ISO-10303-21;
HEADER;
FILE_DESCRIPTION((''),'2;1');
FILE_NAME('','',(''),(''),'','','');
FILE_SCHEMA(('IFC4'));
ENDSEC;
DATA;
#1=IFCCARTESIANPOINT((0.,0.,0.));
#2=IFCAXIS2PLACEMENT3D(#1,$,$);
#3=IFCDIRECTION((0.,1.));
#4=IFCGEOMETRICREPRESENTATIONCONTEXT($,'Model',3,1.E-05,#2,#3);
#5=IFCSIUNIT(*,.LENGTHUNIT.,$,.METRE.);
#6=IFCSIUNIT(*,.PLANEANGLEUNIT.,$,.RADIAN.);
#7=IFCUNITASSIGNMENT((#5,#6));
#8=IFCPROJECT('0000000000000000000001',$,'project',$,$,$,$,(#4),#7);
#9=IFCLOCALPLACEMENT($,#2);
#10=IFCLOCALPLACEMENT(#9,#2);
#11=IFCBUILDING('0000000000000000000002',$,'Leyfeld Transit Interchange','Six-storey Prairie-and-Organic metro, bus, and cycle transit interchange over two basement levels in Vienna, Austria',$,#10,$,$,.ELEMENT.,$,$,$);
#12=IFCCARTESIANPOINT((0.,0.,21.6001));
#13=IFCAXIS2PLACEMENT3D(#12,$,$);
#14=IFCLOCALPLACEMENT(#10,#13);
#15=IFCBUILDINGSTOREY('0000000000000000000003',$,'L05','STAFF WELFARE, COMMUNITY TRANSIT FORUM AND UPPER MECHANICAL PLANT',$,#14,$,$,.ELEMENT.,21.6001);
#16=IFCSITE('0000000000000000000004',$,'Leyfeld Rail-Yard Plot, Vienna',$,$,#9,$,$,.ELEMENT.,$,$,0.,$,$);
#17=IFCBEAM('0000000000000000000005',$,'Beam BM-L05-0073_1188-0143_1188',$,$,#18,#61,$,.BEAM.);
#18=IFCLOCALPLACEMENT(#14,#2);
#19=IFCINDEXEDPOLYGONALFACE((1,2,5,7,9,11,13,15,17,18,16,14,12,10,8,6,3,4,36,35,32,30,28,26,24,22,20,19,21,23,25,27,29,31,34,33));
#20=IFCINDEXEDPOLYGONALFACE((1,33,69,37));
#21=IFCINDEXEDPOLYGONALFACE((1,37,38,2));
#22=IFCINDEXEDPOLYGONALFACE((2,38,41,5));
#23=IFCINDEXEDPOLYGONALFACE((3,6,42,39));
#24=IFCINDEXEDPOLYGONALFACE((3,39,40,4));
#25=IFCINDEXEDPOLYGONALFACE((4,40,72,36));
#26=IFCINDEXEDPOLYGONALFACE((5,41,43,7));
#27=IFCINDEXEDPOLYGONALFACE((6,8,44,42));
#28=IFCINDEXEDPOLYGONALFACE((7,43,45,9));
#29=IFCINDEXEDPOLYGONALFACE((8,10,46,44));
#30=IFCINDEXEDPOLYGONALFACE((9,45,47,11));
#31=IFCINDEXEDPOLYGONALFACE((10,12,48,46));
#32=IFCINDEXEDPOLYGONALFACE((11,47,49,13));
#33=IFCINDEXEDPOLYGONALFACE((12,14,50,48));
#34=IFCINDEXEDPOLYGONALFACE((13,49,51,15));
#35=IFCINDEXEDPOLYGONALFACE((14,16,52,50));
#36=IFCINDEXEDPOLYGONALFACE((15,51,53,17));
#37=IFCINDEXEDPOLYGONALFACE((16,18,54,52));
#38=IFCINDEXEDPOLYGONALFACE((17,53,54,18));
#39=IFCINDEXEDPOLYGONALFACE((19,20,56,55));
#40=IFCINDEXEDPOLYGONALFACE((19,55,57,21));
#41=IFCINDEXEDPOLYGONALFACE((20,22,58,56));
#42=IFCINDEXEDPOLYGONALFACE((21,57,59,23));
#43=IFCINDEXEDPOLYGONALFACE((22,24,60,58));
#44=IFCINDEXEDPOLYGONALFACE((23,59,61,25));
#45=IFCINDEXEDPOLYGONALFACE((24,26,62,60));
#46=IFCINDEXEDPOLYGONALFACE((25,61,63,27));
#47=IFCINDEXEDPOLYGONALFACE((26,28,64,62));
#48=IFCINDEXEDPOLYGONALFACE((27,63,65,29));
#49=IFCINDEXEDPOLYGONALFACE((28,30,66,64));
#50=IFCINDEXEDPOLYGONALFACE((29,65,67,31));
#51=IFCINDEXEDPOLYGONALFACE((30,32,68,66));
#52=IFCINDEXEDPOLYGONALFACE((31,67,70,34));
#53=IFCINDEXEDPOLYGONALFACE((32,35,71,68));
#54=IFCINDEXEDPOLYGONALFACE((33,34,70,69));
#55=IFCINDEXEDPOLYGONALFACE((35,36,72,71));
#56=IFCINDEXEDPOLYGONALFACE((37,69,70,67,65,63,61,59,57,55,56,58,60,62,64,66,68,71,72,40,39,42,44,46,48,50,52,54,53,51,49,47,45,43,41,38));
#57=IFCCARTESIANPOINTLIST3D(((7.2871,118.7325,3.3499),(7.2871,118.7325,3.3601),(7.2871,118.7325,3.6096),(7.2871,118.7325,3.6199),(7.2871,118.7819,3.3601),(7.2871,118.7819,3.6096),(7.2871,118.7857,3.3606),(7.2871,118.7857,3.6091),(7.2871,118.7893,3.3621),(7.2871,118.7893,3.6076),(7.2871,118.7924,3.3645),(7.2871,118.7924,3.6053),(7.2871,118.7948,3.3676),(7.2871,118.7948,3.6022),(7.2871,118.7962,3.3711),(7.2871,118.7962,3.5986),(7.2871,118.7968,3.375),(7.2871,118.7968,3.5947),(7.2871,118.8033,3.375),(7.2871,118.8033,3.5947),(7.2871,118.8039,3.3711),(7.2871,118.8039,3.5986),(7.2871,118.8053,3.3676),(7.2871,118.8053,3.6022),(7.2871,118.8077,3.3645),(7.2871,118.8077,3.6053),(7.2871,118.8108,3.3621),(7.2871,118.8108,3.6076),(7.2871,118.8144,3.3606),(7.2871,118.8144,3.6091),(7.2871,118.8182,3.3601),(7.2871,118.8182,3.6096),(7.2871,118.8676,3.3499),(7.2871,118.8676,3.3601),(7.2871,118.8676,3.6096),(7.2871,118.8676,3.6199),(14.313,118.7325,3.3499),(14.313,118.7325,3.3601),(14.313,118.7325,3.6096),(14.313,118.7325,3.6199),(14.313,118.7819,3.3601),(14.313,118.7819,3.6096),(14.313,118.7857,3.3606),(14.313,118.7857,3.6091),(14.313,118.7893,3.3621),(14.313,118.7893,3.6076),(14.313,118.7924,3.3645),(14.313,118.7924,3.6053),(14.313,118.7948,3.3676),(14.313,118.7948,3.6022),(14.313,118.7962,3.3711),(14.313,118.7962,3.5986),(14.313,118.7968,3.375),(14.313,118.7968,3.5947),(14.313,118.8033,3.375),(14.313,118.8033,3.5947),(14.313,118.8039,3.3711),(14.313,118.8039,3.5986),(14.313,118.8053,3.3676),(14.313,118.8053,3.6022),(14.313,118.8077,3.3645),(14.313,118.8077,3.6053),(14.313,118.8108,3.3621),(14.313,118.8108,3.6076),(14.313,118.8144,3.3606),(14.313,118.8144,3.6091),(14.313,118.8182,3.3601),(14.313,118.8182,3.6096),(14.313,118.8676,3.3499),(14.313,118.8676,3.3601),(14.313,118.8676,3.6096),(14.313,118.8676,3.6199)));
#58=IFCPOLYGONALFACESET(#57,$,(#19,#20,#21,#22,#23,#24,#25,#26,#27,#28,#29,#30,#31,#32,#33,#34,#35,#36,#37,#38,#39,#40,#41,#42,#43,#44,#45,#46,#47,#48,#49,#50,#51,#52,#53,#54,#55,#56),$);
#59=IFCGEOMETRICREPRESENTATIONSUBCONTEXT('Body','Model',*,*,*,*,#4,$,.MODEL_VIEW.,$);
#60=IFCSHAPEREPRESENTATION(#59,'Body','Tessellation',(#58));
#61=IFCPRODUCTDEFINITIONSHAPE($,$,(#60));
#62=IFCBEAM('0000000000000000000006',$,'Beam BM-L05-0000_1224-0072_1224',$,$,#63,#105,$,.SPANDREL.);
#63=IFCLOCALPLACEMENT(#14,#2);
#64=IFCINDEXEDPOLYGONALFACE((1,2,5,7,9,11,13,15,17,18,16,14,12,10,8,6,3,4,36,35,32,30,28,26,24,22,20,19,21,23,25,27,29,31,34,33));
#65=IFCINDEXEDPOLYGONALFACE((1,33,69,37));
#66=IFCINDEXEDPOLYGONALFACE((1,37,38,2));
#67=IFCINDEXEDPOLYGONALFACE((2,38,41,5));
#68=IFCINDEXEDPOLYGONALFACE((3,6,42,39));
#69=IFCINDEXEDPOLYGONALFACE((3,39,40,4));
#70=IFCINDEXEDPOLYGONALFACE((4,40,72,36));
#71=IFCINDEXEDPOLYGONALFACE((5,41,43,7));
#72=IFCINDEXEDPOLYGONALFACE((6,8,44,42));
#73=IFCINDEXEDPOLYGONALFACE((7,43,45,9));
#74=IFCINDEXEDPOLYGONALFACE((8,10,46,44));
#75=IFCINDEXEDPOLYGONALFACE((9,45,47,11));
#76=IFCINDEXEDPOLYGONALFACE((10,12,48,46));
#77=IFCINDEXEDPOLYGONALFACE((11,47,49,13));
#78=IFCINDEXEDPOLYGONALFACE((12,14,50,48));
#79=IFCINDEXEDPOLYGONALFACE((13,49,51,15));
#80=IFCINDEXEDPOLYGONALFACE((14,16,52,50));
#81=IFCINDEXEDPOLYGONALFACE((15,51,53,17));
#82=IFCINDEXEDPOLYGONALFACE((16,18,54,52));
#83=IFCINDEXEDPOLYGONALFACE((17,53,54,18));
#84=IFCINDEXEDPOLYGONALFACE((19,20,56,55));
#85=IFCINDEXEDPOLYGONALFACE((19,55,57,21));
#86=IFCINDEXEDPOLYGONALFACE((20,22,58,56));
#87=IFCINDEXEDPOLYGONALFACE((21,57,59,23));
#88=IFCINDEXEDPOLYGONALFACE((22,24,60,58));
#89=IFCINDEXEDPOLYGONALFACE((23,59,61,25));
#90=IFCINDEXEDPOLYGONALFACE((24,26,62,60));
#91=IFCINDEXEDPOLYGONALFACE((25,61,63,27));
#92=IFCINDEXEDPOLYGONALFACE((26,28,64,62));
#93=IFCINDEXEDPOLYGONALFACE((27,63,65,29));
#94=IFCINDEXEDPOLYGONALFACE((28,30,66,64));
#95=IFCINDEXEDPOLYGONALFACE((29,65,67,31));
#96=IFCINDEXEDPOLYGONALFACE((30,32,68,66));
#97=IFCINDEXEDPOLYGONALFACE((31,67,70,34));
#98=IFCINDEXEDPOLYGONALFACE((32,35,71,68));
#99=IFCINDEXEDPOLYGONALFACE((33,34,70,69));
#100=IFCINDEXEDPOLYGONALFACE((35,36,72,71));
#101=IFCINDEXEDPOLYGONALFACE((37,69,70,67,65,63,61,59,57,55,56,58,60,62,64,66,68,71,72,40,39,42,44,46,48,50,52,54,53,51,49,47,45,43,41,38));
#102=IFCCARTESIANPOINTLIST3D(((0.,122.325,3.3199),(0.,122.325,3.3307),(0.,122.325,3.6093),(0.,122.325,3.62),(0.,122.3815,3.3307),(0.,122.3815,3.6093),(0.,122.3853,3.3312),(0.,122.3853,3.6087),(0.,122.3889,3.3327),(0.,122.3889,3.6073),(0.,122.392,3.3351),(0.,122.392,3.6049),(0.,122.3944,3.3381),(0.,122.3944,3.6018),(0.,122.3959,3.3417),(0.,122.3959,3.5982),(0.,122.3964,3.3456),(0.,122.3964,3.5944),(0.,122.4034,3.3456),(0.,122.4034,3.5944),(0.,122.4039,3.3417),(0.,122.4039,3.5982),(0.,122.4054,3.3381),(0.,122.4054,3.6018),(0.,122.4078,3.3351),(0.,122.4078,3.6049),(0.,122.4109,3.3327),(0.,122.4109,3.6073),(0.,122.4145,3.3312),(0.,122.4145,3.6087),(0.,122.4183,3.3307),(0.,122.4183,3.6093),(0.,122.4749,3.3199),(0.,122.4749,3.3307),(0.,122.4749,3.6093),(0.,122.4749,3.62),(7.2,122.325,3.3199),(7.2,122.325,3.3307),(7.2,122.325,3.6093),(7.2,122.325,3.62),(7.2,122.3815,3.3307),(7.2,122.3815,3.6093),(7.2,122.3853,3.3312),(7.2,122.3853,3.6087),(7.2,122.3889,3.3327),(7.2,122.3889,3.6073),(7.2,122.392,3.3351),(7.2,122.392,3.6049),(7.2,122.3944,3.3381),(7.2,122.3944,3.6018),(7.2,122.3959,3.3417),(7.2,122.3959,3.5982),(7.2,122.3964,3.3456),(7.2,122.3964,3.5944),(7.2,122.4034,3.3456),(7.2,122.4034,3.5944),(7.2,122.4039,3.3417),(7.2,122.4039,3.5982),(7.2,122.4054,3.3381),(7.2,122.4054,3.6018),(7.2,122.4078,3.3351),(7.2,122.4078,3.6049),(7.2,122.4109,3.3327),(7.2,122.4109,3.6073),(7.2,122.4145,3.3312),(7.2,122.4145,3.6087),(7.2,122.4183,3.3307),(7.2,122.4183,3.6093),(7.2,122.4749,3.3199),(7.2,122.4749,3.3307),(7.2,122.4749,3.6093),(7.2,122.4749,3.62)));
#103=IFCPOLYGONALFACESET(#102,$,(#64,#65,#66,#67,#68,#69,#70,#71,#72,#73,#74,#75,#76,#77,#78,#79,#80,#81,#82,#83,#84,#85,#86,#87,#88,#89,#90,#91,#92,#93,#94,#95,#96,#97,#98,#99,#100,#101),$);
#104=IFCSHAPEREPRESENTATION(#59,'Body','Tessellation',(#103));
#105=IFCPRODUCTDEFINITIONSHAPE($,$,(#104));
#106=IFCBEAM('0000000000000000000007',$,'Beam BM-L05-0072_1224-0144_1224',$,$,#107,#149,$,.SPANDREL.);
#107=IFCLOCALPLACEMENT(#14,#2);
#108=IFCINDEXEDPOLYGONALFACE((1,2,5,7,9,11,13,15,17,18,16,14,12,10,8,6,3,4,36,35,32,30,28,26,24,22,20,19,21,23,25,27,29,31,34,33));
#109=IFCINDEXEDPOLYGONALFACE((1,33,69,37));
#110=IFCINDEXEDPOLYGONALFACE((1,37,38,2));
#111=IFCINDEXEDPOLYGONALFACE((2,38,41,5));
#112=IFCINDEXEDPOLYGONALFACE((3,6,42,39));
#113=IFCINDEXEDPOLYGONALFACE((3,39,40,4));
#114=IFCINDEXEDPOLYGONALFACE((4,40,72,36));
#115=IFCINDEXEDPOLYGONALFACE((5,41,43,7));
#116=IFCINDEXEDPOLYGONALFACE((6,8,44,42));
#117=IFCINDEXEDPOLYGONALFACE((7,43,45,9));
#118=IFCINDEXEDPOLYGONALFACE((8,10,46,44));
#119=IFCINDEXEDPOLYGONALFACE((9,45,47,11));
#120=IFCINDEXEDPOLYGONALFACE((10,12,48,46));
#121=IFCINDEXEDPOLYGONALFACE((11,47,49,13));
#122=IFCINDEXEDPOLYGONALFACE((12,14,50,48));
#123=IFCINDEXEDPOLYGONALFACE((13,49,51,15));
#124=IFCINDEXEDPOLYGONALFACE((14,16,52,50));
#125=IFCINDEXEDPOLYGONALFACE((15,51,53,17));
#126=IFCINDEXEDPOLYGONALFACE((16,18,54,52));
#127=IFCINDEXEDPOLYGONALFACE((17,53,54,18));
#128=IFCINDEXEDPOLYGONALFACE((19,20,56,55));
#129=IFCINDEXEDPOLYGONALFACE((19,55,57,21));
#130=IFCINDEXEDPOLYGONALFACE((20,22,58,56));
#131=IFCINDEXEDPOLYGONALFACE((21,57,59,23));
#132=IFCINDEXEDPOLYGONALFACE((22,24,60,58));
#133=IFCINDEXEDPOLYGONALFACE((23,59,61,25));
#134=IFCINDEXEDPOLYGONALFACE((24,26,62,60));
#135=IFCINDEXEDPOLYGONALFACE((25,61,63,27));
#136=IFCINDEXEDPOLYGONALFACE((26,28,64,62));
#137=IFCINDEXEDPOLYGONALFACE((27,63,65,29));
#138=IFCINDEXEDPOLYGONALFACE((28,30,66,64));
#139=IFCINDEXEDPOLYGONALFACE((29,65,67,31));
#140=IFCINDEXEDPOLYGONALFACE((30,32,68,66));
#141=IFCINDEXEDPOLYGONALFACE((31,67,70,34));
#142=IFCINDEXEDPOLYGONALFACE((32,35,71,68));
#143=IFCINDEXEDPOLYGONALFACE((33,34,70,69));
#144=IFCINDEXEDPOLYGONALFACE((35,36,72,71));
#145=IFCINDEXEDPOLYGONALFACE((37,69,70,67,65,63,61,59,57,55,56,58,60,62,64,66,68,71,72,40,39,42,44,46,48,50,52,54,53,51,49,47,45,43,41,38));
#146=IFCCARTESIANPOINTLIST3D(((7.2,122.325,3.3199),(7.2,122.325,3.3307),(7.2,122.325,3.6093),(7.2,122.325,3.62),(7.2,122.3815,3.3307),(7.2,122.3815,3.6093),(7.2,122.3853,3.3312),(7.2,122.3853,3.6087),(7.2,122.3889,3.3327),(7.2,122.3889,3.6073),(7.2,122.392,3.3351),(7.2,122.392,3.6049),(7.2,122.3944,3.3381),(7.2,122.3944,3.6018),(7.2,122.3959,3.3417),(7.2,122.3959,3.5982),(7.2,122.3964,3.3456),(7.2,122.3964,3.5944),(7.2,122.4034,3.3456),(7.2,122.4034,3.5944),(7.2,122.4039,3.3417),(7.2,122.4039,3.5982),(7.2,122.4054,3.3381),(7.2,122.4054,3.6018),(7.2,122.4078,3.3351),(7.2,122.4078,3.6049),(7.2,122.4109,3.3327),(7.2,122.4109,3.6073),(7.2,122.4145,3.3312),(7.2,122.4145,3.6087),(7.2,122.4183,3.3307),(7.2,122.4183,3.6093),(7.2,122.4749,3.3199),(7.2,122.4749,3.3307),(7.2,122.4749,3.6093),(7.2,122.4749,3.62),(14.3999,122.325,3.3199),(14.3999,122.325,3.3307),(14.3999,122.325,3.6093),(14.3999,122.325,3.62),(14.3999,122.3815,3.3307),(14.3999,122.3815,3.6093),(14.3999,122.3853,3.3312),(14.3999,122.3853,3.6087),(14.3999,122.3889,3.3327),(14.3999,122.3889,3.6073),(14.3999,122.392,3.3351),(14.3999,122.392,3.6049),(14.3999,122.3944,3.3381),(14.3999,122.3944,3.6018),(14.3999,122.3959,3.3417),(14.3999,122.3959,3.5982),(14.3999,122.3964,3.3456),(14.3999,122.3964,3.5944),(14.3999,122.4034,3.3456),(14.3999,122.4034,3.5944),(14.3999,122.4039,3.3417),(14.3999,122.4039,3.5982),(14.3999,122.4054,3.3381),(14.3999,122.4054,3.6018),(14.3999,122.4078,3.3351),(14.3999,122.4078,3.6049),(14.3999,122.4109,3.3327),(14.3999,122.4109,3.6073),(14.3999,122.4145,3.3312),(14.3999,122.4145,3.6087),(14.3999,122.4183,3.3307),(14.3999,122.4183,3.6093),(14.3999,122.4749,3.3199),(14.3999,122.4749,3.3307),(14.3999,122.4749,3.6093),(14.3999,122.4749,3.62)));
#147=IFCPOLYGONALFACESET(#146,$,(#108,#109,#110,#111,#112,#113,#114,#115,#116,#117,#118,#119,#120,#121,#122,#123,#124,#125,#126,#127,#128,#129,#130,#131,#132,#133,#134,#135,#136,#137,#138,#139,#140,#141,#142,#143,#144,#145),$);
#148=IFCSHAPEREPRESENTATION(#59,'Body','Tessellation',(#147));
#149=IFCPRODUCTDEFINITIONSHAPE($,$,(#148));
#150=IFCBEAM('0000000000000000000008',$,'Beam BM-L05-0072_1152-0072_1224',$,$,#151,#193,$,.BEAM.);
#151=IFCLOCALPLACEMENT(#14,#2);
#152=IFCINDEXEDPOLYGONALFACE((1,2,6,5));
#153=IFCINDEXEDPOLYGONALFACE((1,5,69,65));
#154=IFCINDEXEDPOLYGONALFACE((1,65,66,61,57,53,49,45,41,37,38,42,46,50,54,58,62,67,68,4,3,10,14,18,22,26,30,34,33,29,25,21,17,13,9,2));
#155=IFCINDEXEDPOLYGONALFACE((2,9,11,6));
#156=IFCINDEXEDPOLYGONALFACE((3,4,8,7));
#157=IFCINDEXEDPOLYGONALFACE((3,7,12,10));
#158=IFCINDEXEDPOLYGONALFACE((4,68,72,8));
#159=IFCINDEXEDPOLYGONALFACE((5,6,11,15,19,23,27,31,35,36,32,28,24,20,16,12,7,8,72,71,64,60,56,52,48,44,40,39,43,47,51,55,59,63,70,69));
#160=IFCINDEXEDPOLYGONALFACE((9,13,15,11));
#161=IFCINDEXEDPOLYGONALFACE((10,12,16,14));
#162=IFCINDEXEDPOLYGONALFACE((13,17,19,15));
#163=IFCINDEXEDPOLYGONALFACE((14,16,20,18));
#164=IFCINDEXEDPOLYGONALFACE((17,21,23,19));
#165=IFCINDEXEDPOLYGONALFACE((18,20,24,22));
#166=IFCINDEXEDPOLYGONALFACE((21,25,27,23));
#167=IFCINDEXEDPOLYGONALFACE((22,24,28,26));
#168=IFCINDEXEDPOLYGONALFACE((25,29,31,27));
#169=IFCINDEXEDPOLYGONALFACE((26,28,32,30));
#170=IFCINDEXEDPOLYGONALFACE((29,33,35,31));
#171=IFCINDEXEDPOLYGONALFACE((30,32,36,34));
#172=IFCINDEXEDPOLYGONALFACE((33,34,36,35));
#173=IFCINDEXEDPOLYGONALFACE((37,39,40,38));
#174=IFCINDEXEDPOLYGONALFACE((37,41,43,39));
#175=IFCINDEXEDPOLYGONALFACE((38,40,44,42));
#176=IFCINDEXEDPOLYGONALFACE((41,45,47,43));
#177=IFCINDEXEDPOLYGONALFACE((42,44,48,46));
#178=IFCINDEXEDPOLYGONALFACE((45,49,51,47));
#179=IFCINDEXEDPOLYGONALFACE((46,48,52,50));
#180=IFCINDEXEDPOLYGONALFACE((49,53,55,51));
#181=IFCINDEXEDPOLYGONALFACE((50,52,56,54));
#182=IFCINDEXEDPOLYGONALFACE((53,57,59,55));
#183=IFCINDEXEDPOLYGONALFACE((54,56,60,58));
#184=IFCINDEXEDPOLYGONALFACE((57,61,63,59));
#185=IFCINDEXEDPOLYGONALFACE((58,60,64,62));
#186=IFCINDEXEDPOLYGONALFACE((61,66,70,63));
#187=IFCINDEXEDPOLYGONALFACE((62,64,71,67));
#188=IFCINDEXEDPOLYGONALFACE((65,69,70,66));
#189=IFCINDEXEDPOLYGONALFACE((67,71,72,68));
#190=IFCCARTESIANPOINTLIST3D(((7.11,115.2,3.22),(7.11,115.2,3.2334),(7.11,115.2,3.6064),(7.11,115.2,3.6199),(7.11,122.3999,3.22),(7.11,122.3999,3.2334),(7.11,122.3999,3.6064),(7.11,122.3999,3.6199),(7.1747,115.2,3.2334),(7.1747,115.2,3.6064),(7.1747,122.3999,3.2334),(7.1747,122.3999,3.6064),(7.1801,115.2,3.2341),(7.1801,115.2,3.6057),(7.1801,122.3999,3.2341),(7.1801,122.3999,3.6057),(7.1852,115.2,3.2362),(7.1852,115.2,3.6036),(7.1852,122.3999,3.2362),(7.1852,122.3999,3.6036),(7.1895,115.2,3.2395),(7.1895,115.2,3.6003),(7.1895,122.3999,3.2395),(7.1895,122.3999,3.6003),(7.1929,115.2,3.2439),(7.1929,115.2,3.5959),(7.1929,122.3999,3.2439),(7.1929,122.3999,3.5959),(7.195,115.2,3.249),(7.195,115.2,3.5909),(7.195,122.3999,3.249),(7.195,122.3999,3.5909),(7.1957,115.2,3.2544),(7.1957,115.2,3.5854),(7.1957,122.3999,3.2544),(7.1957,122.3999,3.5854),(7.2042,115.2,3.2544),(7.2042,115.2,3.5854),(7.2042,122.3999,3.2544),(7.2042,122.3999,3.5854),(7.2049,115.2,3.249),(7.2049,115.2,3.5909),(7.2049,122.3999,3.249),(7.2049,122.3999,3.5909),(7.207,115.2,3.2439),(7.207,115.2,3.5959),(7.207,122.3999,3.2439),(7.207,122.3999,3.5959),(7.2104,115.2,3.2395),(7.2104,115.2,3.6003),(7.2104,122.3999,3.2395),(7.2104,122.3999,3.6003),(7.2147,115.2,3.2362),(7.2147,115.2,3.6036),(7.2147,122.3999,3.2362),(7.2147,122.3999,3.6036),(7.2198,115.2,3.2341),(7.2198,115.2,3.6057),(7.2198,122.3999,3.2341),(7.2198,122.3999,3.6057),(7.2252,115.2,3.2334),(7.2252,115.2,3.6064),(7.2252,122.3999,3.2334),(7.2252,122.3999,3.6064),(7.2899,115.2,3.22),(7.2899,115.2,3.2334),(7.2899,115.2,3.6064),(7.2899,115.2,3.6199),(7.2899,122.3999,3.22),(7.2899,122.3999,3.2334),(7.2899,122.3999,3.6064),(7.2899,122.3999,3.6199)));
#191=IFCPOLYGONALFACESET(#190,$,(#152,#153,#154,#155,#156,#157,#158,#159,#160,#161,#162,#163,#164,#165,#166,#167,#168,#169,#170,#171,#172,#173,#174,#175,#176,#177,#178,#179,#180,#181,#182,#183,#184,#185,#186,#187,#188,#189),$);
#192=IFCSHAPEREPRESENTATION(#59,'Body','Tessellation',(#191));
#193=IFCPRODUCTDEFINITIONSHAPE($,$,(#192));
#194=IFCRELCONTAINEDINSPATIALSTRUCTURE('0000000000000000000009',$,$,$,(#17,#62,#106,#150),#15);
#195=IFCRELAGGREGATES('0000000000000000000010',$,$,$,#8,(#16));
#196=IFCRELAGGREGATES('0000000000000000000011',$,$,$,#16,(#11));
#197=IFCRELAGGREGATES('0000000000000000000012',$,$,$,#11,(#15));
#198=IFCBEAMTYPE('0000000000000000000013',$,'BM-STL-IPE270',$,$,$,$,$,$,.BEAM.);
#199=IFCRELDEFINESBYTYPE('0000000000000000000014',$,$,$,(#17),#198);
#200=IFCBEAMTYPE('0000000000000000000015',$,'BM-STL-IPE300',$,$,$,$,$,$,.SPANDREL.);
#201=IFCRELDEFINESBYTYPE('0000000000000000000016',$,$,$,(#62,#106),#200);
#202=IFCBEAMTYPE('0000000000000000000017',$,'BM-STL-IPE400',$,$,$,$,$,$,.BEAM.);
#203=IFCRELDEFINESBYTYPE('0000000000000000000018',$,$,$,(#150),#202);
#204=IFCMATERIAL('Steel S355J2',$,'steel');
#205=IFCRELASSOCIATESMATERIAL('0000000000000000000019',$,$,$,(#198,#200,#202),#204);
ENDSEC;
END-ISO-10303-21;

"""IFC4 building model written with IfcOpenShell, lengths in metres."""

from ifc_helpers import new_model, si_unit, direction, frame, origin, origin_2d, place, context, subcontext, project, spatial, i_section, extrude, material, material_profile, profile_set, type_object, element, save


model = new_model("IFC4")

# Units and contexts
model_context = context("Model", 3, precision=1e-05, world=origin(), true_north=direction((0.0, 1.0)))
body_context = subcontext(model_context, "Body", "Model", "MODEL_VIEW")
ifc_project = project(units=[si_unit("LENGTHUNIT", "METRE"), si_unit("PLANEANGLEUNIT", "RADIAN")], contexts=[model_context])

# Site, building, storey
site_placement = place(None, origin())
site = spatial("IfcSite", under=ifc_project, at=site_placement, Name="Leyfeld Rail-Yard Plot, Vienna", CompositionType="ELEMENT", RefElevation=0.0)
building_placement = place(site_placement, origin())
building = spatial("IfcBuilding", under=site, at=building_placement, Name="Leyfeld Transit Interchange", Description="Six-storey Prairie-and-Organic metro, bus, and cycle transit interchange over two basement levels in Vienna, Austria", CompositionType="ELEMENT")
storey_placement = place(building_placement, frame((0.0, 0.0, 21.6001)))
storey = spatial("IfcBuildingStorey", under=building, at=storey_placement, Name="L05", Description="STAFF WELFARE, COMMUNITY TRANSIT FORUM AND UPPER MECHANICAL PLANT", CompositionType="ELEMENT", Elevation=21.6001)

# Shared definitions
ifc_material_1 = material(Name="Steel S355J2", Category="steel")

# Beams
ifc_material_profile_1 = material_profile(ifc_material_1, i_section(OverallWidth=0.135, OverallDepth=0.27, WebThickness=0.0066, FlangeThickness=0.0103, FilletRadius=0.0149, at=origin_2d()), Name="IPE 270")
ifc_profile_set_1 = profile_set([ifc_material_profile_1], Name="Steel S355J2")
beam_type_1 = type_object("IfcBeamType", Name="BM-STL-IPE270", PredefinedType="BEAM", material=ifc_profile_set_1)
beam_1_placement = place(storey_placement, frame((7.2871, 118.8, 3.4849), z_axis=(1.0, 0.0, 0.0), x_axis=(0.0, 1.0, 0.0)))
element("IfcBeam", 1, at=beam_1_placement, inside=storey, type_object=beam_type_1, Name="Beam BM-L05-0073_1188-0143_1188", PredefinedType="BEAM", context=body_context, shape_type="SweptSolid", body=[
    extrude(i_section(OverallWidth=0.135, OverallDepth=0.27, WebThickness=0.0066, FlangeThickness=0.0103, FilletRadius=0.0149, at=origin_2d()), origin(), (0.0, 0.0, 1.0), 7.0259),
])
ifc_material_profile_2 = material_profile(ifc_material_1, i_section(OverallWidth=0.1499, OverallDepth=0.3, WebThickness=0.0071, FlangeThickness=0.0107, FilletRadius=0.0149, at=origin_2d()), Name="IPE 300")
ifc_profile_set_2 = profile_set([ifc_material_profile_2], Name="Steel S355J2")
beam_type_2 = type_object("IfcBeamType", Name="BM-STL-IPE300", PredefinedType="SPANDREL", material=ifc_profile_set_2)
for number, where, z_axis, x_axis, name in (
    (2, (0.0, 122.3999, 3.47), (1.0, 0.0, 0.0), (0.0, 1.0, 0.0), "Beam BM-L05-0000_1224-0072_1224"),
    (3, (7.2, 122.3999, 3.47), (1.0, 0.0, 0.0), (0.0, 1.0, 0.0), "Beam BM-L05-0072_1224-0144_1224"),
):
    element("IfcBeam", number, at=place(storey_placement, frame(where, z_axis=z_axis, x_axis=x_axis)), inside=storey, type_object=beam_type_2, Name=name, PredefinedType="SPANDREL", context=body_context, shape_type="SweptSolid", body=[
        extrude(i_section(OverallWidth=0.1499, OverallDepth=0.3, WebThickness=0.0071, FlangeThickness=0.0107, FilletRadius=0.0149, at=origin_2d()), origin(), (0.0, 0.0, 1.0), 7.2),
    ])
ifc_material_profile_3 = material_profile(ifc_material_1, i_section(OverallWidth=0.1799, OverallDepth=0.3999, WebThickness=0.0085, FlangeThickness=0.0134, FilletRadius=0.021, at=origin_2d()), Name="IPE 400")
ifc_profile_set_3 = profile_set([ifc_material_profile_3], Name="Steel S355J2")
beam_type_3 = type_object("IfcBeamType", Name="BM-STL-IPE400", PredefinedType="BEAM", material=ifc_profile_set_3)
beam_2_placement = place(storey_placement, frame((7.2, 115.2, 3.4199), z_axis=(0.0, 1.0, 0.0), x_axis=(-1.0, 0.0, 0.0)))
element("IfcBeam", 4, at=beam_2_placement, inside=storey, type_object=beam_type_3, Name="Beam BM-L05-0072_1152-0072_1224", PredefinedType="BEAM", context=body_context, shape_type="SweptSolid", body=[
    extrude(i_section(OverallWidth=0.1799, OverallDepth=0.3999, WebThickness=0.0085, FlangeThickness=0.0134, FilletRadius=0.021, at=origin_2d()), origin(), (0.0, 0.0, 1.0), 7.2),
])

save(model, "model.ifc")
